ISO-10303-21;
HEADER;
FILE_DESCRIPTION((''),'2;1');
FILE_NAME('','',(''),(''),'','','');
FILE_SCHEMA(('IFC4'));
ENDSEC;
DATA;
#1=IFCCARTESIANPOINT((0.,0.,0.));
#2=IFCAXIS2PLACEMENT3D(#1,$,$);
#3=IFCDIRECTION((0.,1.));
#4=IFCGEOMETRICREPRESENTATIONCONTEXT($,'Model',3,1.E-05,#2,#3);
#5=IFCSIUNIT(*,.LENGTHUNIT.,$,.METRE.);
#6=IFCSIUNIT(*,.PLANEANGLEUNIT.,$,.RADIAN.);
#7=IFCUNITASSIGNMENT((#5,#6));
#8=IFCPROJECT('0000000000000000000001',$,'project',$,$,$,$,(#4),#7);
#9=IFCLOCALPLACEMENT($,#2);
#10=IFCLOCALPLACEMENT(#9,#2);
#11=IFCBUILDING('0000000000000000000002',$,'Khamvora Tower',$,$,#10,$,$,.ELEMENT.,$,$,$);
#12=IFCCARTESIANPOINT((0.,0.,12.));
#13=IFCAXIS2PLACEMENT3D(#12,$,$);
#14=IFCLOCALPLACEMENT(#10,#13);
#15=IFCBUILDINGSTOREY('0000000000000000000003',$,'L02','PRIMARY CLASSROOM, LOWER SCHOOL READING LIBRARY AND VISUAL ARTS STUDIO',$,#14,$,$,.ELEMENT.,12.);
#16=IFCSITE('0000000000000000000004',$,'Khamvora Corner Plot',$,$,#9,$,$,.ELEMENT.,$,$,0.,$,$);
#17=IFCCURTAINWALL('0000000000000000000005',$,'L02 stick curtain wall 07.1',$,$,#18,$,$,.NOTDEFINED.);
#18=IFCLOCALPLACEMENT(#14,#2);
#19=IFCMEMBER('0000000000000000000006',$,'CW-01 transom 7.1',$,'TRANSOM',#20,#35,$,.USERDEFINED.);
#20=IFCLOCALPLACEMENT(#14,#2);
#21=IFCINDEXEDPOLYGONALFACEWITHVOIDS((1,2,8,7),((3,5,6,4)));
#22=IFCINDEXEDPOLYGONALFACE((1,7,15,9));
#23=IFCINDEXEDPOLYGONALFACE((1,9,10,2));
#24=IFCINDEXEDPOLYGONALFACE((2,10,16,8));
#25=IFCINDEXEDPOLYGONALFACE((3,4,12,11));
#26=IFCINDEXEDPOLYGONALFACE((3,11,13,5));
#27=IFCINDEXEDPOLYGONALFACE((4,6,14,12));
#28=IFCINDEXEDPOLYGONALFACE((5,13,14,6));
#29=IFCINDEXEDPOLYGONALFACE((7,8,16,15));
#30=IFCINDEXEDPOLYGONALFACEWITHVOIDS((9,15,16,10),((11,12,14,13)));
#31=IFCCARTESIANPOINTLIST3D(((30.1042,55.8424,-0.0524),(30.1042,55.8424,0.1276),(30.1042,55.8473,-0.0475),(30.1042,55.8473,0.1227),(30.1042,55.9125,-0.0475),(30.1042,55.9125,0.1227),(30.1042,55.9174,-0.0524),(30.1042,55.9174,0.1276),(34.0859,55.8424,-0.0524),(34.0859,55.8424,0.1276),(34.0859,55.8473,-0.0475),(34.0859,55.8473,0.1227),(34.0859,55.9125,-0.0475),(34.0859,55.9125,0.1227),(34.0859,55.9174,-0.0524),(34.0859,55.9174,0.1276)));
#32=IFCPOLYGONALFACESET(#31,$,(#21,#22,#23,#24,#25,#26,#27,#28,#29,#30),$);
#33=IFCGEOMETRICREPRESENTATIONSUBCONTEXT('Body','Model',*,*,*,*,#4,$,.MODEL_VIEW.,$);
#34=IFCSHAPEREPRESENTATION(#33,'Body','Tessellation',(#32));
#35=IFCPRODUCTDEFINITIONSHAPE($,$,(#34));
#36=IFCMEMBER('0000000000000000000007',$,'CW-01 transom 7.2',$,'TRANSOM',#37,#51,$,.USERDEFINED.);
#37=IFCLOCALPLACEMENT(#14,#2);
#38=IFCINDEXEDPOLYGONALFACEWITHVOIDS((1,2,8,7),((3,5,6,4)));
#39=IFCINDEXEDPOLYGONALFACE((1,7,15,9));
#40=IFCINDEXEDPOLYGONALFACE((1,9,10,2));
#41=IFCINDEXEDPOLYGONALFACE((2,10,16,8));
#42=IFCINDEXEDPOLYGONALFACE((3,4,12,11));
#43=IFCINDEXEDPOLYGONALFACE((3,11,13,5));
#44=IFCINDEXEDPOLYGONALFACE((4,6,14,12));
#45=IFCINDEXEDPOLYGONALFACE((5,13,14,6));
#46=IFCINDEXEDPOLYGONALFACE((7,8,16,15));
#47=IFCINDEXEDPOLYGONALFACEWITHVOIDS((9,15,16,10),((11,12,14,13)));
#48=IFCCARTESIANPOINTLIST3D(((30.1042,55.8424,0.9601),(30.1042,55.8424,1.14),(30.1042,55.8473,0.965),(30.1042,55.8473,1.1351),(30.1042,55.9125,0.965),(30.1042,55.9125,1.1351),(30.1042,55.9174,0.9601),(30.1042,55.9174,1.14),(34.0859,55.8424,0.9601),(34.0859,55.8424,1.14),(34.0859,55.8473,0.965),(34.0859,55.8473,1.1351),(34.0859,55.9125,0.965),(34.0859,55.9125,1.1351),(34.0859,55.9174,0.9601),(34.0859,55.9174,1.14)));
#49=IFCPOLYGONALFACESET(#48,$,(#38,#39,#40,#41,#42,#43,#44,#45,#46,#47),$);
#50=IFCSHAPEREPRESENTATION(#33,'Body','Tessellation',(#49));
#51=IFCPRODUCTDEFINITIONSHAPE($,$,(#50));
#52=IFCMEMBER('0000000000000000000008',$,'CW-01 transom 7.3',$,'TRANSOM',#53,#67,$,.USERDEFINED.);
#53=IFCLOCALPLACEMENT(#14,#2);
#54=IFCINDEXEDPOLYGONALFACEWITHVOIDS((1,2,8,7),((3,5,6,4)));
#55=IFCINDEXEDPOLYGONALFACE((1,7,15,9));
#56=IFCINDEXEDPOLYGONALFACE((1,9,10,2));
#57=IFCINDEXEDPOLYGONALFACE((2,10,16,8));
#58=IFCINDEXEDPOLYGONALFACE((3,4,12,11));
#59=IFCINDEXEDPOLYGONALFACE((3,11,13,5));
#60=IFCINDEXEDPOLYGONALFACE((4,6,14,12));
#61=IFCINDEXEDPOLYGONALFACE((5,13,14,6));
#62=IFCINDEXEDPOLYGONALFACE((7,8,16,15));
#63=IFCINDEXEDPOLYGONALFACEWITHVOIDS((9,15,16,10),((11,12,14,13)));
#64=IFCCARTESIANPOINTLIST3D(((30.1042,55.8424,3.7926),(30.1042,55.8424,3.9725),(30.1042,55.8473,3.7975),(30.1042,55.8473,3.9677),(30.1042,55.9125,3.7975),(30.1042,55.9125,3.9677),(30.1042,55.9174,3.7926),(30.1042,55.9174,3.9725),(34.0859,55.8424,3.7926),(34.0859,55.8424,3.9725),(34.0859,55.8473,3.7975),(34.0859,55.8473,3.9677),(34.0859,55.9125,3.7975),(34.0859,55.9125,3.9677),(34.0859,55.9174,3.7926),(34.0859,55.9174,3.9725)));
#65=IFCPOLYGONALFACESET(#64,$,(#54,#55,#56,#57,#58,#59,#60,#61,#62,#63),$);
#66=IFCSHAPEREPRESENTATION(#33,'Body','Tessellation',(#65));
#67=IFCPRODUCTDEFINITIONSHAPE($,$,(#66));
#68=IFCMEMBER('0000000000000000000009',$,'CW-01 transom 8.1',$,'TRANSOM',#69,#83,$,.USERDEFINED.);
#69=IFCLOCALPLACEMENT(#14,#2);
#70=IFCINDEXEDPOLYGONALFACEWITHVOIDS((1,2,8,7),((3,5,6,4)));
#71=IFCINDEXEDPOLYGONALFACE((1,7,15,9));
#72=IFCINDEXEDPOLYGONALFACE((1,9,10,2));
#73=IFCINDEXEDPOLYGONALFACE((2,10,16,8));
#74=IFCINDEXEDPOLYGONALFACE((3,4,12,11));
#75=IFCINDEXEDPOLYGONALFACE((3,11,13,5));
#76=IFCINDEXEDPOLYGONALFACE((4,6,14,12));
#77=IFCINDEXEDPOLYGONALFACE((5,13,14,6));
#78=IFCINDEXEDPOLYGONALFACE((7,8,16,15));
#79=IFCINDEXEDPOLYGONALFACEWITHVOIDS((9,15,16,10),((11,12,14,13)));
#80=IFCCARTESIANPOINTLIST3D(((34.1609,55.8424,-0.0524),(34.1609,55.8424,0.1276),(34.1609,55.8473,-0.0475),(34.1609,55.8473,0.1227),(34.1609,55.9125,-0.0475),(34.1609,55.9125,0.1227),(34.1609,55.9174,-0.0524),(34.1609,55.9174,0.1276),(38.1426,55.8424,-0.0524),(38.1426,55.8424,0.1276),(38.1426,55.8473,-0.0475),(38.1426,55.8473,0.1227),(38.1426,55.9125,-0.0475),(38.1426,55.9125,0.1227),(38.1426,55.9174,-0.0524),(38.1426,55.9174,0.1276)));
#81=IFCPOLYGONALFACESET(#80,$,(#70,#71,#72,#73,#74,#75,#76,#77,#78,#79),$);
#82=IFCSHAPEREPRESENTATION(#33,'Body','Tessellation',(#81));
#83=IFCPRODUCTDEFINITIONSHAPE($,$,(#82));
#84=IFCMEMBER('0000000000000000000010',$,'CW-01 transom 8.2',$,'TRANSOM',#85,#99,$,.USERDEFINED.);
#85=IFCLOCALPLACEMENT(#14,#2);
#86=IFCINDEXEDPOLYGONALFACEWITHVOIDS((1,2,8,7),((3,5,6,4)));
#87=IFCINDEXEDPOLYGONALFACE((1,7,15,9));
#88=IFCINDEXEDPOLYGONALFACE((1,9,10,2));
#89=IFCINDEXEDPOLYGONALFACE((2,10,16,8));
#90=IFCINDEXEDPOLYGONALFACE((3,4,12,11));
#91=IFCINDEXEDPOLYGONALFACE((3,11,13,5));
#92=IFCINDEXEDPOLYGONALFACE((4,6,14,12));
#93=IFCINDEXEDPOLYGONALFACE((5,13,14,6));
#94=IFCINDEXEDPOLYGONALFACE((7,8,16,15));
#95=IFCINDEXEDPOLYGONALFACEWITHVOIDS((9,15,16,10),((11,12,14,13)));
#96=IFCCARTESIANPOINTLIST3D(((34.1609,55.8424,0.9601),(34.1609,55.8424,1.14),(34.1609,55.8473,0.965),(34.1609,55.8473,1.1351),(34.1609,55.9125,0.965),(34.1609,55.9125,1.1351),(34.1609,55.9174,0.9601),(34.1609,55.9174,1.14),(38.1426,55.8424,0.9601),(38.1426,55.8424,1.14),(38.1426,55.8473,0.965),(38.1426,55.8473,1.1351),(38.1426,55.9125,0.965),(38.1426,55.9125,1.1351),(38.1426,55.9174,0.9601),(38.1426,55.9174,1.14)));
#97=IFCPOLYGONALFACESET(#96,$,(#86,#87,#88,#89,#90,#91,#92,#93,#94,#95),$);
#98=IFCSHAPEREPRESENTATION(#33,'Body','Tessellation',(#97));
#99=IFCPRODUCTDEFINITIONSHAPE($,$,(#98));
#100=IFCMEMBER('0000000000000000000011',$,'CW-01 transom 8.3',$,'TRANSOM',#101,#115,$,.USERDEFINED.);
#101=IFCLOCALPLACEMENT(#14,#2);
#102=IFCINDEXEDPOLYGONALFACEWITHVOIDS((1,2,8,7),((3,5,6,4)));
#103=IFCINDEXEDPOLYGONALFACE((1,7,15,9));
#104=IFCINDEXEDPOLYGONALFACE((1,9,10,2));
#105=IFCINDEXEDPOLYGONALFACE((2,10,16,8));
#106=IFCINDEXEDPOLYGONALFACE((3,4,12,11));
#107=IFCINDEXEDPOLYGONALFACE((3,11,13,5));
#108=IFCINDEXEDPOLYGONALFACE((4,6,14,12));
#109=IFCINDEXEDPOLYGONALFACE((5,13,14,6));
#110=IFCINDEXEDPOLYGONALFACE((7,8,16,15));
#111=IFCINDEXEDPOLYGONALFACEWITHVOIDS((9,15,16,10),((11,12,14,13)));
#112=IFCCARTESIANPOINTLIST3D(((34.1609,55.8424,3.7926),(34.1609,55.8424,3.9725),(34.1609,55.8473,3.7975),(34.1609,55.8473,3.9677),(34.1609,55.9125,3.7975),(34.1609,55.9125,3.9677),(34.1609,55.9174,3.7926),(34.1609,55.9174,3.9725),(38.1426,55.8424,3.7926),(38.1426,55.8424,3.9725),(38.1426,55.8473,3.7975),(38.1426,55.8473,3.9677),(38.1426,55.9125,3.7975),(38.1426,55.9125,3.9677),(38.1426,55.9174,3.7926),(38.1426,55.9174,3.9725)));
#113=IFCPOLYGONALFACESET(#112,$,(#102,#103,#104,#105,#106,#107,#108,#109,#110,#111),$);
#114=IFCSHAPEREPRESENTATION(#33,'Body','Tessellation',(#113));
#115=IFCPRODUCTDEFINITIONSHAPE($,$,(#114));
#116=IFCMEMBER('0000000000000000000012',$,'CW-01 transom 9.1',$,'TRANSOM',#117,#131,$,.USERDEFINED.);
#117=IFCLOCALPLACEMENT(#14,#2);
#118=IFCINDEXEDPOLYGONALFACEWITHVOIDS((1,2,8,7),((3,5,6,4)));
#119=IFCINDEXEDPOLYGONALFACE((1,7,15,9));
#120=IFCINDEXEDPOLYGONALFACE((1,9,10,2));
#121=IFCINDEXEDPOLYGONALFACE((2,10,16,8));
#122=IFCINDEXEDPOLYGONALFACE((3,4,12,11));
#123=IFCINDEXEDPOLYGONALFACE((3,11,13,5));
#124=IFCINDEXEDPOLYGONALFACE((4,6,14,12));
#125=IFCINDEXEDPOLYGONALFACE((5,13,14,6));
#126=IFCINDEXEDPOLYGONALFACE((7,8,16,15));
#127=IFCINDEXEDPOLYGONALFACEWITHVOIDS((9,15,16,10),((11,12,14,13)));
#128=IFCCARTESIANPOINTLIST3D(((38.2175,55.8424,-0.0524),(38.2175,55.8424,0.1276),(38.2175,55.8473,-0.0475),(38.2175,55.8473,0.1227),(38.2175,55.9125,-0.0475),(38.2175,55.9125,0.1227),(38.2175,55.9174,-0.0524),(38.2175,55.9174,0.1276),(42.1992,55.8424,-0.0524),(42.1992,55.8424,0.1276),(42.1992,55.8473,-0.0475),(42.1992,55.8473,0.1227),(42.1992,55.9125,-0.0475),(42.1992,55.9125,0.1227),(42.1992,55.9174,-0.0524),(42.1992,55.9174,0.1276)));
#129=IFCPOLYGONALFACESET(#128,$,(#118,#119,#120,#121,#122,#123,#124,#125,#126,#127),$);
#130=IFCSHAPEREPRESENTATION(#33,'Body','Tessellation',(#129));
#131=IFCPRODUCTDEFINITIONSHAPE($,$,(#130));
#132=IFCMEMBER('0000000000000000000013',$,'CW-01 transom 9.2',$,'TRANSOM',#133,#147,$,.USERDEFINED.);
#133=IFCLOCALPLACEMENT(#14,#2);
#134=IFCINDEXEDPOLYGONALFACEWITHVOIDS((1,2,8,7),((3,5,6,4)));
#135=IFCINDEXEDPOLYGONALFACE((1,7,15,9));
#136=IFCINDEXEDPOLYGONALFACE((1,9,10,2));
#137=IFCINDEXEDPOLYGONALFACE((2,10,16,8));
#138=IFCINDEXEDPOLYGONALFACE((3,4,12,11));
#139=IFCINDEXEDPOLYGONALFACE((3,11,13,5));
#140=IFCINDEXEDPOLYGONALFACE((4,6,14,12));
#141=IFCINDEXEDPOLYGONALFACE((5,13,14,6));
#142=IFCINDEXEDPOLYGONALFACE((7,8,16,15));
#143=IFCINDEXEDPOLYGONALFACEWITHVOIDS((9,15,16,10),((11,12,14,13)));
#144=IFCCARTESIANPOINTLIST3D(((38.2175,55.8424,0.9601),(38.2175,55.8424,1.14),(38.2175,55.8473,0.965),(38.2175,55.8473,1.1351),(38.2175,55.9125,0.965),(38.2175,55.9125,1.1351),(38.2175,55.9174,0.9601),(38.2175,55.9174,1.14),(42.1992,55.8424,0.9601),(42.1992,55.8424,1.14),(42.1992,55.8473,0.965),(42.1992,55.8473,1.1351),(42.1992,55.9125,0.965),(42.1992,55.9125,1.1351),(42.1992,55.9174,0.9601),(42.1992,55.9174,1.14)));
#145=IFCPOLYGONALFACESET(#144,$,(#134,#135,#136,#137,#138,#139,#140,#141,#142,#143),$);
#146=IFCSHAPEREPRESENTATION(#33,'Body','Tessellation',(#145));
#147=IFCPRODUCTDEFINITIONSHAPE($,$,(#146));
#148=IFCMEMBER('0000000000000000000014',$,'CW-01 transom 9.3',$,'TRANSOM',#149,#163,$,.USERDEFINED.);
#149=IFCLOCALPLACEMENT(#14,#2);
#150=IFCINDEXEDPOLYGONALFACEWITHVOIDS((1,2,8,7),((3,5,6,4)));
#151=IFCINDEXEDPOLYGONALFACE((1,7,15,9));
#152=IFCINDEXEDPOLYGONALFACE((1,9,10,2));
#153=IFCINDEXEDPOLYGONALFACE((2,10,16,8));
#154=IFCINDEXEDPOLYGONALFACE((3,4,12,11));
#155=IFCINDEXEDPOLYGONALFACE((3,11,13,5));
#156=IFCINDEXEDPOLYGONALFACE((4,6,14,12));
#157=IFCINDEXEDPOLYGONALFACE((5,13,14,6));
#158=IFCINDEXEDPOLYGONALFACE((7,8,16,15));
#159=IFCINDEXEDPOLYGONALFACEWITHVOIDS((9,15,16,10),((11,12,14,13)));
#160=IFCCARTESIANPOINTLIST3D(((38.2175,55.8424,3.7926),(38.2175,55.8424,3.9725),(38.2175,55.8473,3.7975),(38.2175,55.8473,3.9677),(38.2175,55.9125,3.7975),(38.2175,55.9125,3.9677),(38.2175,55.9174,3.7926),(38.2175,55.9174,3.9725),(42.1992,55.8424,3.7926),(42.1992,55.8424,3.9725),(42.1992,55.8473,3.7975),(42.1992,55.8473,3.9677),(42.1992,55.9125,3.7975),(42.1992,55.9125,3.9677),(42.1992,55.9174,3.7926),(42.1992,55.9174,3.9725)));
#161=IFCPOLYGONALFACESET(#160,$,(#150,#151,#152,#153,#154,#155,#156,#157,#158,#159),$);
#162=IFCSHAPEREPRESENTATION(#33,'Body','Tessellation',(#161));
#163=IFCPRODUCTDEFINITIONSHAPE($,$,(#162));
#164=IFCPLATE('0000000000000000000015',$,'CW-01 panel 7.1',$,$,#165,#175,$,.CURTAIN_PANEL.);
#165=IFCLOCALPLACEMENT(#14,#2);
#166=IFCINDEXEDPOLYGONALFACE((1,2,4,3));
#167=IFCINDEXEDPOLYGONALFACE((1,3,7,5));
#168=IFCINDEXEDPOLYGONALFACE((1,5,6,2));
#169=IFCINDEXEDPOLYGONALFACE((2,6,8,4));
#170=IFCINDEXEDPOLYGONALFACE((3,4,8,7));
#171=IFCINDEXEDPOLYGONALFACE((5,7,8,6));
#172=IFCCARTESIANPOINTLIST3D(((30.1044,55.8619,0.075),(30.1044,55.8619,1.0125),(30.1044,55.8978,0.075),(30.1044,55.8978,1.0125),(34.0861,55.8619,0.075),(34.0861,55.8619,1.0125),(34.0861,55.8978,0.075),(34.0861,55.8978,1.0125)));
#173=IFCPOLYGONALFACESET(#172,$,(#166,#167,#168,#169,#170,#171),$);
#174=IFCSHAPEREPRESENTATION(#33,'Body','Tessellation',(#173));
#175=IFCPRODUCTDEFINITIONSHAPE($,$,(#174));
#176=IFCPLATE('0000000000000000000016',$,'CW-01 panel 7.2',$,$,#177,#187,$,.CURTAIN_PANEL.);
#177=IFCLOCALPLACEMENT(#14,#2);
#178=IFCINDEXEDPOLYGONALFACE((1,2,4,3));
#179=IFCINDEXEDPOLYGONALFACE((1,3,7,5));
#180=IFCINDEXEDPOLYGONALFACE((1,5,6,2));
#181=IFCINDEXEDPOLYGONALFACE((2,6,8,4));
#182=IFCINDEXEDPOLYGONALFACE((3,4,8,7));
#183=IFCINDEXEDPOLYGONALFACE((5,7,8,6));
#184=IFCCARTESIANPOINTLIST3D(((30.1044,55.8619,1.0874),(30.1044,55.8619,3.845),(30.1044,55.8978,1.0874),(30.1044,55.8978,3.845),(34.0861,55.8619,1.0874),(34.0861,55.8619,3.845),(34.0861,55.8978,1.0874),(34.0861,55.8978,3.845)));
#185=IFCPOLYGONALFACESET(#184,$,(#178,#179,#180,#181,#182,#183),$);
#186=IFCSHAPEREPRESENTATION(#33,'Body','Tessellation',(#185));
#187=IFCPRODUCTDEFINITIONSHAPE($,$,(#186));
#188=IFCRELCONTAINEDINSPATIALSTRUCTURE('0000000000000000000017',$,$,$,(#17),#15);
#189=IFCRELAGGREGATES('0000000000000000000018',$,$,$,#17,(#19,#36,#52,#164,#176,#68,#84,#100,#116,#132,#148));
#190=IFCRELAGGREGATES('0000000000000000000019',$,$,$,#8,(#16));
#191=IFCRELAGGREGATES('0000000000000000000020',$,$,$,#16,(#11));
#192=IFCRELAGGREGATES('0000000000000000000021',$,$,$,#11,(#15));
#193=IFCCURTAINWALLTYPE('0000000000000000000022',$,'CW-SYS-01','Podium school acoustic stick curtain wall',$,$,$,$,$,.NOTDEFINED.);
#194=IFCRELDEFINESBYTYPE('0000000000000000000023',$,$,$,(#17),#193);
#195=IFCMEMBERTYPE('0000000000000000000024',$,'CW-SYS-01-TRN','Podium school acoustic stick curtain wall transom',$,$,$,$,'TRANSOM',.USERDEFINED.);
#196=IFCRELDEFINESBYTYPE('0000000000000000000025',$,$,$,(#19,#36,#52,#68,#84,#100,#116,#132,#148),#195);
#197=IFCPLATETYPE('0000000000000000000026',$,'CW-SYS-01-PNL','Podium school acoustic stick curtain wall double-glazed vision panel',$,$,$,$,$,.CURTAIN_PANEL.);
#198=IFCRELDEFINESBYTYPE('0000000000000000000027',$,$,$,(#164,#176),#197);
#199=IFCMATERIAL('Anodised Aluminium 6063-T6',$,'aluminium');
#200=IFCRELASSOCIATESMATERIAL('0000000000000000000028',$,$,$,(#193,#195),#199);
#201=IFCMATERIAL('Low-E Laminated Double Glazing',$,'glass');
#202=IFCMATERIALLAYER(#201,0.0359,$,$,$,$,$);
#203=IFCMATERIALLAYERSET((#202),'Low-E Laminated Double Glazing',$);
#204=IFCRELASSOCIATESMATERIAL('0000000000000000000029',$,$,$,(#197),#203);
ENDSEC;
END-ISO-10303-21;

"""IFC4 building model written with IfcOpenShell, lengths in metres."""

from ifc_helpers import new_model, si_unit, direction, frame, origin, origin_2d, place, context, subcontext, project, spatial, rectangle, hollow_rectangle, extrude, material, layer, layer_set, material_profile, profile_set, type_object, element, aggregate, save


model = new_model("IFC4")

# Units and contexts
model_context = context("Model", 3, precision=1e-05, world=origin(), true_north=direction((0.0, 1.0)))
body_context = subcontext(model_context, "Body", "Model", "MODEL_VIEW")
ifc_project = project(units=[si_unit("LENGTHUNIT", "METRE"), si_unit("PLANEANGLEUNIT", "RADIAN")], contexts=[model_context])

# Site, building, storey
site_placement = place(None, origin())
site = spatial("IfcSite", under=ifc_project, at=site_placement, Name="Khamvora Corner Plot", CompositionType="ELEMENT", RefElevation=0.0)
building_placement = place(site_placement, origin())
building = spatial("IfcBuilding", under=site, at=building_placement, Name="Khamvora Tower", CompositionType="ELEMENT")
storey_placement = place(building_placement, frame((0.0, 0.0, 12.0)))
storey = spatial("IfcBuildingStorey", under=building, at=storey_placement, Name="L02", Description="PRIMARY CLASSROOM, LOWER SCHOOL READING LIBRARY AND VISUAL ARTS STUDIO", CompositionType="ELEMENT", Elevation=12.0)

# Curtain wall, members, plates
ifc_material_1 = material(Name="Anodised Aluminium 6063-T6", Category="aluminium")
curtain_wall_type = type_object("IfcCurtainWallType", Name="CW-SYS-01", Description="Podium school acoustic stick curtain wall", PredefinedType="NOTDEFINED", material=ifc_material_1)
curtain_wall_placement = place(storey_placement, origin())
curtain_wall = element("IfcCurtainWall", 1, at=curtain_wall_placement, inside=storey, type_object=curtain_wall_type, Name="L02 stick curtain wall 07.1", PredefinedType="NOTDEFINED")
ifc_material_profile_1 = material_profile(ifc_material_1, hollow_rectangle(XDim=0.075, YDim=0.1799, WallThickness=0.0049, at=origin_2d()), Name="TRN75x180x5")
ifc_profile_set_1 = profile_set([ifc_material_profile_1], Name="Anodised Aluminium 6063-T6")
member_type_1 = type_object("IfcMemberType", Name="CW-SYS-01-TRN", Description="Podium school acoustic stick curtain wall transom", ElementType="TRANSOM", PredefinedType="USERDEFINED", material=ifc_profile_set_1)
member_1_placement = place(storey_placement, frame((30.1042, 55.8799, 0.0376), z_axis=(1.0, 0.0, 0.0), x_axis=(0.0, 1.0, 0.0)))
member_1 = element("IfcMember", 2, at=member_1_placement, type_object=member_type_1, Name="CW-01 transom 7.1", ObjectType="TRANSOM", PredefinedType="USERDEFINED", context=body_context, shape_type="SweptSolid", body=[
    extrude(hollow_rectangle(XDim=0.075, YDim=0.1799, WallThickness=0.0049, at=origin_2d()), origin(), (0.0, 0.0, 1.0), 3.9817),
])
member_2_placement = place(storey_placement, frame((30.1042, 55.8799, 1.05), z_axis=(1.0, 0.0, 0.0), x_axis=(0.0, 1.0, 0.0)))
member_2 = element("IfcMember", 3, at=member_2_placement, type_object=member_type_1, Name="CW-01 transom 7.2", ObjectType="TRANSOM", PredefinedType="USERDEFINED", context=body_context, shape_type="SweptSolid", body=[
    extrude(hollow_rectangle(XDim=0.075, YDim=0.1799, WallThickness=0.0049, at=origin_2d()), origin(), (0.0, 0.0, 1.0), 3.9817),
])
member_3_placement = place(storey_placement, frame((30.1042, 55.8799, 3.8826), z_axis=(1.0, 0.0, 0.0), x_axis=(0.0, 1.0, 0.0)))
member_3 = element("IfcMember", 4, at=member_3_placement, type_object=member_type_1, Name="CW-01 transom 7.3", ObjectType="TRANSOM", PredefinedType="USERDEFINED", context=body_context, shape_type="SweptSolid", body=[
    extrude(hollow_rectangle(XDim=0.075, YDim=0.1799, WallThickness=0.0049, at=origin_2d()), origin(), (0.0, 0.0, 1.0), 3.9817),
])
member_4_placement = place(storey_placement, frame((34.1609, 55.8799, 0.0376), z_axis=(1.0, 0.0, 0.0), x_axis=(0.0, 1.0, 0.0)))
member_4 = element("IfcMember", 5, at=member_4_placement, type_object=member_type_1, Name="CW-01 transom 8.1", ObjectType="TRANSOM", PredefinedType="USERDEFINED", context=body_context, shape_type="SweptSolid", body=[
    extrude(hollow_rectangle(XDim=0.075, YDim=0.1799, WallThickness=0.0049, at=origin_2d()), origin(), (0.0, 0.0, 1.0), 3.9817),
])
member_5_placement = place(storey_placement, frame((34.1609, 55.8799, 1.05), z_axis=(1.0, 0.0, 0.0), x_axis=(0.0, 1.0, 0.0)))
member_5 = element("IfcMember", 6, at=member_5_placement, type_object=member_type_1, Name="CW-01 transom 8.2", ObjectType="TRANSOM", PredefinedType="USERDEFINED", context=body_context, shape_type="SweptSolid", body=[
    extrude(hollow_rectangle(XDim=0.075, YDim=0.1799, WallThickness=0.0049, at=origin_2d()), origin(), (0.0, 0.0, 1.0), 3.9817),
])
member_6_placement = place(storey_placement, frame((34.1609, 55.8799, 3.8826), z_axis=(1.0, 0.0, 0.0), x_axis=(0.0, 1.0, 0.0)))
member_6 = element("IfcMember", 7, at=member_6_placement, type_object=member_type_1, Name="CW-01 transom 8.3", ObjectType="TRANSOM", PredefinedType="USERDEFINED", context=body_context, shape_type="SweptSolid", body=[
    extrude(hollow_rectangle(XDim=0.075, YDim=0.1799, WallThickness=0.0049, at=origin_2d()), origin(), (0.0, 0.0, 1.0), 3.9817),
])
member_7_placement = place(storey_placement, frame((38.2175, 55.8799, 0.0376), z_axis=(1.0, 0.0, 0.0), x_axis=(0.0, 1.0, 0.0)))
member_7 = element("IfcMember", 8, at=member_7_placement, type_object=member_type_1, Name="CW-01 transom 9.1", ObjectType="TRANSOM", PredefinedType="USERDEFINED", context=body_context, shape_type="SweptSolid", body=[
    extrude(hollow_rectangle(XDim=0.075, YDim=0.1799, WallThickness=0.0049, at=origin_2d()), origin(), (0.0, 0.0, 1.0), 3.9817),
])
member_8_placement = place(storey_placement, frame((38.2175, 55.8799, 1.05), z_axis=(1.0, 0.0, 0.0), x_axis=(0.0, 1.0, 0.0)))
member_8 = element("IfcMember", 9, at=member_8_placement, type_object=member_type_1, Name="CW-01 transom 9.2", ObjectType="TRANSOM", PredefinedType="USERDEFINED", context=body_context, shape_type="SweptSolid", body=[
    extrude(hollow_rectangle(XDim=0.075, YDim=0.1799, WallThickness=0.0049, at=origin_2d()), origin(), (0.0, 0.0, 1.0), 3.9817),
])
member_9_placement = place(storey_placement, frame((38.2175, 55.8799, 3.8826), z_axis=(1.0, 0.0, 0.0), x_axis=(0.0, 1.0, 0.0)))
member_9 = element("IfcMember", 10, at=member_9_placement, type_object=member_type_1, Name="CW-01 transom 9.3", ObjectType="TRANSOM", PredefinedType="USERDEFINED", context=body_context, shape_type="SweptSolid", body=[
    extrude(hollow_rectangle(XDim=0.075, YDim=0.1799, WallThickness=0.0049, at=origin_2d()), origin(), (0.0, 0.0, 1.0), 3.9817),
])
ifc_material_2 = material(Name="Low-E Laminated Double Glazing", Category="glass")
ifc_layer_1 = layer(ifc_material_2, 0.0359)
ifc_layer_set_1 = layer_set([ifc_layer_1], Name="Low-E Laminated Double Glazing")
plate_type_1 = type_object("IfcPlateType", Name="CW-SYS-01-PNL", Description="Podium school acoustic stick curtain wall double-glazed vision panel", PredefinedType="CURTAIN_PANEL", material=ifc_layer_set_1)
plate_1_placement = place(storey_placement, frame((32.0952, 55.8799, 0.075), z_axis=(0.0, 0.0, 1.0), x_axis=(1.0, 0.0, 0.0)))
plate_1 = element("IfcPlate", 11, at=plate_1_placement, type_object=plate_type_1, Name="CW-01 panel 7.1", PredefinedType="CURTAIN_PANEL", context=body_context, shape_type="SweptSolid", body=[
    extrude(rectangle(XDim=3.9817, YDim=0.0359, at=origin_2d()), origin(), (0.0, 0.0, 1.0), 0.9375),
])
plate_2_placement = place(storey_placement, frame((32.0952, 55.8799, 1.0874), z_axis=(0.0, 0.0, 1.0), x_axis=(1.0, 0.0, 0.0)))
plate_2 = element("IfcPlate", 12, at=plate_2_placement, type_object=plate_type_1, Name="CW-01 panel 7.2", PredefinedType="CURTAIN_PANEL", context=body_context, shape_type="SweptSolid", body=[
    extrude(rectangle(XDim=3.9817, YDim=0.0359, at=origin_2d()), origin(), (0.0, 0.0, 1.0), 2.7576),
])
aggregate(curtain_wall, [member_1, member_2, member_3, plate_1, plate_2, member_4, member_5, member_6, member_7, member_8, member_9])

save(model, "model.ifc")
